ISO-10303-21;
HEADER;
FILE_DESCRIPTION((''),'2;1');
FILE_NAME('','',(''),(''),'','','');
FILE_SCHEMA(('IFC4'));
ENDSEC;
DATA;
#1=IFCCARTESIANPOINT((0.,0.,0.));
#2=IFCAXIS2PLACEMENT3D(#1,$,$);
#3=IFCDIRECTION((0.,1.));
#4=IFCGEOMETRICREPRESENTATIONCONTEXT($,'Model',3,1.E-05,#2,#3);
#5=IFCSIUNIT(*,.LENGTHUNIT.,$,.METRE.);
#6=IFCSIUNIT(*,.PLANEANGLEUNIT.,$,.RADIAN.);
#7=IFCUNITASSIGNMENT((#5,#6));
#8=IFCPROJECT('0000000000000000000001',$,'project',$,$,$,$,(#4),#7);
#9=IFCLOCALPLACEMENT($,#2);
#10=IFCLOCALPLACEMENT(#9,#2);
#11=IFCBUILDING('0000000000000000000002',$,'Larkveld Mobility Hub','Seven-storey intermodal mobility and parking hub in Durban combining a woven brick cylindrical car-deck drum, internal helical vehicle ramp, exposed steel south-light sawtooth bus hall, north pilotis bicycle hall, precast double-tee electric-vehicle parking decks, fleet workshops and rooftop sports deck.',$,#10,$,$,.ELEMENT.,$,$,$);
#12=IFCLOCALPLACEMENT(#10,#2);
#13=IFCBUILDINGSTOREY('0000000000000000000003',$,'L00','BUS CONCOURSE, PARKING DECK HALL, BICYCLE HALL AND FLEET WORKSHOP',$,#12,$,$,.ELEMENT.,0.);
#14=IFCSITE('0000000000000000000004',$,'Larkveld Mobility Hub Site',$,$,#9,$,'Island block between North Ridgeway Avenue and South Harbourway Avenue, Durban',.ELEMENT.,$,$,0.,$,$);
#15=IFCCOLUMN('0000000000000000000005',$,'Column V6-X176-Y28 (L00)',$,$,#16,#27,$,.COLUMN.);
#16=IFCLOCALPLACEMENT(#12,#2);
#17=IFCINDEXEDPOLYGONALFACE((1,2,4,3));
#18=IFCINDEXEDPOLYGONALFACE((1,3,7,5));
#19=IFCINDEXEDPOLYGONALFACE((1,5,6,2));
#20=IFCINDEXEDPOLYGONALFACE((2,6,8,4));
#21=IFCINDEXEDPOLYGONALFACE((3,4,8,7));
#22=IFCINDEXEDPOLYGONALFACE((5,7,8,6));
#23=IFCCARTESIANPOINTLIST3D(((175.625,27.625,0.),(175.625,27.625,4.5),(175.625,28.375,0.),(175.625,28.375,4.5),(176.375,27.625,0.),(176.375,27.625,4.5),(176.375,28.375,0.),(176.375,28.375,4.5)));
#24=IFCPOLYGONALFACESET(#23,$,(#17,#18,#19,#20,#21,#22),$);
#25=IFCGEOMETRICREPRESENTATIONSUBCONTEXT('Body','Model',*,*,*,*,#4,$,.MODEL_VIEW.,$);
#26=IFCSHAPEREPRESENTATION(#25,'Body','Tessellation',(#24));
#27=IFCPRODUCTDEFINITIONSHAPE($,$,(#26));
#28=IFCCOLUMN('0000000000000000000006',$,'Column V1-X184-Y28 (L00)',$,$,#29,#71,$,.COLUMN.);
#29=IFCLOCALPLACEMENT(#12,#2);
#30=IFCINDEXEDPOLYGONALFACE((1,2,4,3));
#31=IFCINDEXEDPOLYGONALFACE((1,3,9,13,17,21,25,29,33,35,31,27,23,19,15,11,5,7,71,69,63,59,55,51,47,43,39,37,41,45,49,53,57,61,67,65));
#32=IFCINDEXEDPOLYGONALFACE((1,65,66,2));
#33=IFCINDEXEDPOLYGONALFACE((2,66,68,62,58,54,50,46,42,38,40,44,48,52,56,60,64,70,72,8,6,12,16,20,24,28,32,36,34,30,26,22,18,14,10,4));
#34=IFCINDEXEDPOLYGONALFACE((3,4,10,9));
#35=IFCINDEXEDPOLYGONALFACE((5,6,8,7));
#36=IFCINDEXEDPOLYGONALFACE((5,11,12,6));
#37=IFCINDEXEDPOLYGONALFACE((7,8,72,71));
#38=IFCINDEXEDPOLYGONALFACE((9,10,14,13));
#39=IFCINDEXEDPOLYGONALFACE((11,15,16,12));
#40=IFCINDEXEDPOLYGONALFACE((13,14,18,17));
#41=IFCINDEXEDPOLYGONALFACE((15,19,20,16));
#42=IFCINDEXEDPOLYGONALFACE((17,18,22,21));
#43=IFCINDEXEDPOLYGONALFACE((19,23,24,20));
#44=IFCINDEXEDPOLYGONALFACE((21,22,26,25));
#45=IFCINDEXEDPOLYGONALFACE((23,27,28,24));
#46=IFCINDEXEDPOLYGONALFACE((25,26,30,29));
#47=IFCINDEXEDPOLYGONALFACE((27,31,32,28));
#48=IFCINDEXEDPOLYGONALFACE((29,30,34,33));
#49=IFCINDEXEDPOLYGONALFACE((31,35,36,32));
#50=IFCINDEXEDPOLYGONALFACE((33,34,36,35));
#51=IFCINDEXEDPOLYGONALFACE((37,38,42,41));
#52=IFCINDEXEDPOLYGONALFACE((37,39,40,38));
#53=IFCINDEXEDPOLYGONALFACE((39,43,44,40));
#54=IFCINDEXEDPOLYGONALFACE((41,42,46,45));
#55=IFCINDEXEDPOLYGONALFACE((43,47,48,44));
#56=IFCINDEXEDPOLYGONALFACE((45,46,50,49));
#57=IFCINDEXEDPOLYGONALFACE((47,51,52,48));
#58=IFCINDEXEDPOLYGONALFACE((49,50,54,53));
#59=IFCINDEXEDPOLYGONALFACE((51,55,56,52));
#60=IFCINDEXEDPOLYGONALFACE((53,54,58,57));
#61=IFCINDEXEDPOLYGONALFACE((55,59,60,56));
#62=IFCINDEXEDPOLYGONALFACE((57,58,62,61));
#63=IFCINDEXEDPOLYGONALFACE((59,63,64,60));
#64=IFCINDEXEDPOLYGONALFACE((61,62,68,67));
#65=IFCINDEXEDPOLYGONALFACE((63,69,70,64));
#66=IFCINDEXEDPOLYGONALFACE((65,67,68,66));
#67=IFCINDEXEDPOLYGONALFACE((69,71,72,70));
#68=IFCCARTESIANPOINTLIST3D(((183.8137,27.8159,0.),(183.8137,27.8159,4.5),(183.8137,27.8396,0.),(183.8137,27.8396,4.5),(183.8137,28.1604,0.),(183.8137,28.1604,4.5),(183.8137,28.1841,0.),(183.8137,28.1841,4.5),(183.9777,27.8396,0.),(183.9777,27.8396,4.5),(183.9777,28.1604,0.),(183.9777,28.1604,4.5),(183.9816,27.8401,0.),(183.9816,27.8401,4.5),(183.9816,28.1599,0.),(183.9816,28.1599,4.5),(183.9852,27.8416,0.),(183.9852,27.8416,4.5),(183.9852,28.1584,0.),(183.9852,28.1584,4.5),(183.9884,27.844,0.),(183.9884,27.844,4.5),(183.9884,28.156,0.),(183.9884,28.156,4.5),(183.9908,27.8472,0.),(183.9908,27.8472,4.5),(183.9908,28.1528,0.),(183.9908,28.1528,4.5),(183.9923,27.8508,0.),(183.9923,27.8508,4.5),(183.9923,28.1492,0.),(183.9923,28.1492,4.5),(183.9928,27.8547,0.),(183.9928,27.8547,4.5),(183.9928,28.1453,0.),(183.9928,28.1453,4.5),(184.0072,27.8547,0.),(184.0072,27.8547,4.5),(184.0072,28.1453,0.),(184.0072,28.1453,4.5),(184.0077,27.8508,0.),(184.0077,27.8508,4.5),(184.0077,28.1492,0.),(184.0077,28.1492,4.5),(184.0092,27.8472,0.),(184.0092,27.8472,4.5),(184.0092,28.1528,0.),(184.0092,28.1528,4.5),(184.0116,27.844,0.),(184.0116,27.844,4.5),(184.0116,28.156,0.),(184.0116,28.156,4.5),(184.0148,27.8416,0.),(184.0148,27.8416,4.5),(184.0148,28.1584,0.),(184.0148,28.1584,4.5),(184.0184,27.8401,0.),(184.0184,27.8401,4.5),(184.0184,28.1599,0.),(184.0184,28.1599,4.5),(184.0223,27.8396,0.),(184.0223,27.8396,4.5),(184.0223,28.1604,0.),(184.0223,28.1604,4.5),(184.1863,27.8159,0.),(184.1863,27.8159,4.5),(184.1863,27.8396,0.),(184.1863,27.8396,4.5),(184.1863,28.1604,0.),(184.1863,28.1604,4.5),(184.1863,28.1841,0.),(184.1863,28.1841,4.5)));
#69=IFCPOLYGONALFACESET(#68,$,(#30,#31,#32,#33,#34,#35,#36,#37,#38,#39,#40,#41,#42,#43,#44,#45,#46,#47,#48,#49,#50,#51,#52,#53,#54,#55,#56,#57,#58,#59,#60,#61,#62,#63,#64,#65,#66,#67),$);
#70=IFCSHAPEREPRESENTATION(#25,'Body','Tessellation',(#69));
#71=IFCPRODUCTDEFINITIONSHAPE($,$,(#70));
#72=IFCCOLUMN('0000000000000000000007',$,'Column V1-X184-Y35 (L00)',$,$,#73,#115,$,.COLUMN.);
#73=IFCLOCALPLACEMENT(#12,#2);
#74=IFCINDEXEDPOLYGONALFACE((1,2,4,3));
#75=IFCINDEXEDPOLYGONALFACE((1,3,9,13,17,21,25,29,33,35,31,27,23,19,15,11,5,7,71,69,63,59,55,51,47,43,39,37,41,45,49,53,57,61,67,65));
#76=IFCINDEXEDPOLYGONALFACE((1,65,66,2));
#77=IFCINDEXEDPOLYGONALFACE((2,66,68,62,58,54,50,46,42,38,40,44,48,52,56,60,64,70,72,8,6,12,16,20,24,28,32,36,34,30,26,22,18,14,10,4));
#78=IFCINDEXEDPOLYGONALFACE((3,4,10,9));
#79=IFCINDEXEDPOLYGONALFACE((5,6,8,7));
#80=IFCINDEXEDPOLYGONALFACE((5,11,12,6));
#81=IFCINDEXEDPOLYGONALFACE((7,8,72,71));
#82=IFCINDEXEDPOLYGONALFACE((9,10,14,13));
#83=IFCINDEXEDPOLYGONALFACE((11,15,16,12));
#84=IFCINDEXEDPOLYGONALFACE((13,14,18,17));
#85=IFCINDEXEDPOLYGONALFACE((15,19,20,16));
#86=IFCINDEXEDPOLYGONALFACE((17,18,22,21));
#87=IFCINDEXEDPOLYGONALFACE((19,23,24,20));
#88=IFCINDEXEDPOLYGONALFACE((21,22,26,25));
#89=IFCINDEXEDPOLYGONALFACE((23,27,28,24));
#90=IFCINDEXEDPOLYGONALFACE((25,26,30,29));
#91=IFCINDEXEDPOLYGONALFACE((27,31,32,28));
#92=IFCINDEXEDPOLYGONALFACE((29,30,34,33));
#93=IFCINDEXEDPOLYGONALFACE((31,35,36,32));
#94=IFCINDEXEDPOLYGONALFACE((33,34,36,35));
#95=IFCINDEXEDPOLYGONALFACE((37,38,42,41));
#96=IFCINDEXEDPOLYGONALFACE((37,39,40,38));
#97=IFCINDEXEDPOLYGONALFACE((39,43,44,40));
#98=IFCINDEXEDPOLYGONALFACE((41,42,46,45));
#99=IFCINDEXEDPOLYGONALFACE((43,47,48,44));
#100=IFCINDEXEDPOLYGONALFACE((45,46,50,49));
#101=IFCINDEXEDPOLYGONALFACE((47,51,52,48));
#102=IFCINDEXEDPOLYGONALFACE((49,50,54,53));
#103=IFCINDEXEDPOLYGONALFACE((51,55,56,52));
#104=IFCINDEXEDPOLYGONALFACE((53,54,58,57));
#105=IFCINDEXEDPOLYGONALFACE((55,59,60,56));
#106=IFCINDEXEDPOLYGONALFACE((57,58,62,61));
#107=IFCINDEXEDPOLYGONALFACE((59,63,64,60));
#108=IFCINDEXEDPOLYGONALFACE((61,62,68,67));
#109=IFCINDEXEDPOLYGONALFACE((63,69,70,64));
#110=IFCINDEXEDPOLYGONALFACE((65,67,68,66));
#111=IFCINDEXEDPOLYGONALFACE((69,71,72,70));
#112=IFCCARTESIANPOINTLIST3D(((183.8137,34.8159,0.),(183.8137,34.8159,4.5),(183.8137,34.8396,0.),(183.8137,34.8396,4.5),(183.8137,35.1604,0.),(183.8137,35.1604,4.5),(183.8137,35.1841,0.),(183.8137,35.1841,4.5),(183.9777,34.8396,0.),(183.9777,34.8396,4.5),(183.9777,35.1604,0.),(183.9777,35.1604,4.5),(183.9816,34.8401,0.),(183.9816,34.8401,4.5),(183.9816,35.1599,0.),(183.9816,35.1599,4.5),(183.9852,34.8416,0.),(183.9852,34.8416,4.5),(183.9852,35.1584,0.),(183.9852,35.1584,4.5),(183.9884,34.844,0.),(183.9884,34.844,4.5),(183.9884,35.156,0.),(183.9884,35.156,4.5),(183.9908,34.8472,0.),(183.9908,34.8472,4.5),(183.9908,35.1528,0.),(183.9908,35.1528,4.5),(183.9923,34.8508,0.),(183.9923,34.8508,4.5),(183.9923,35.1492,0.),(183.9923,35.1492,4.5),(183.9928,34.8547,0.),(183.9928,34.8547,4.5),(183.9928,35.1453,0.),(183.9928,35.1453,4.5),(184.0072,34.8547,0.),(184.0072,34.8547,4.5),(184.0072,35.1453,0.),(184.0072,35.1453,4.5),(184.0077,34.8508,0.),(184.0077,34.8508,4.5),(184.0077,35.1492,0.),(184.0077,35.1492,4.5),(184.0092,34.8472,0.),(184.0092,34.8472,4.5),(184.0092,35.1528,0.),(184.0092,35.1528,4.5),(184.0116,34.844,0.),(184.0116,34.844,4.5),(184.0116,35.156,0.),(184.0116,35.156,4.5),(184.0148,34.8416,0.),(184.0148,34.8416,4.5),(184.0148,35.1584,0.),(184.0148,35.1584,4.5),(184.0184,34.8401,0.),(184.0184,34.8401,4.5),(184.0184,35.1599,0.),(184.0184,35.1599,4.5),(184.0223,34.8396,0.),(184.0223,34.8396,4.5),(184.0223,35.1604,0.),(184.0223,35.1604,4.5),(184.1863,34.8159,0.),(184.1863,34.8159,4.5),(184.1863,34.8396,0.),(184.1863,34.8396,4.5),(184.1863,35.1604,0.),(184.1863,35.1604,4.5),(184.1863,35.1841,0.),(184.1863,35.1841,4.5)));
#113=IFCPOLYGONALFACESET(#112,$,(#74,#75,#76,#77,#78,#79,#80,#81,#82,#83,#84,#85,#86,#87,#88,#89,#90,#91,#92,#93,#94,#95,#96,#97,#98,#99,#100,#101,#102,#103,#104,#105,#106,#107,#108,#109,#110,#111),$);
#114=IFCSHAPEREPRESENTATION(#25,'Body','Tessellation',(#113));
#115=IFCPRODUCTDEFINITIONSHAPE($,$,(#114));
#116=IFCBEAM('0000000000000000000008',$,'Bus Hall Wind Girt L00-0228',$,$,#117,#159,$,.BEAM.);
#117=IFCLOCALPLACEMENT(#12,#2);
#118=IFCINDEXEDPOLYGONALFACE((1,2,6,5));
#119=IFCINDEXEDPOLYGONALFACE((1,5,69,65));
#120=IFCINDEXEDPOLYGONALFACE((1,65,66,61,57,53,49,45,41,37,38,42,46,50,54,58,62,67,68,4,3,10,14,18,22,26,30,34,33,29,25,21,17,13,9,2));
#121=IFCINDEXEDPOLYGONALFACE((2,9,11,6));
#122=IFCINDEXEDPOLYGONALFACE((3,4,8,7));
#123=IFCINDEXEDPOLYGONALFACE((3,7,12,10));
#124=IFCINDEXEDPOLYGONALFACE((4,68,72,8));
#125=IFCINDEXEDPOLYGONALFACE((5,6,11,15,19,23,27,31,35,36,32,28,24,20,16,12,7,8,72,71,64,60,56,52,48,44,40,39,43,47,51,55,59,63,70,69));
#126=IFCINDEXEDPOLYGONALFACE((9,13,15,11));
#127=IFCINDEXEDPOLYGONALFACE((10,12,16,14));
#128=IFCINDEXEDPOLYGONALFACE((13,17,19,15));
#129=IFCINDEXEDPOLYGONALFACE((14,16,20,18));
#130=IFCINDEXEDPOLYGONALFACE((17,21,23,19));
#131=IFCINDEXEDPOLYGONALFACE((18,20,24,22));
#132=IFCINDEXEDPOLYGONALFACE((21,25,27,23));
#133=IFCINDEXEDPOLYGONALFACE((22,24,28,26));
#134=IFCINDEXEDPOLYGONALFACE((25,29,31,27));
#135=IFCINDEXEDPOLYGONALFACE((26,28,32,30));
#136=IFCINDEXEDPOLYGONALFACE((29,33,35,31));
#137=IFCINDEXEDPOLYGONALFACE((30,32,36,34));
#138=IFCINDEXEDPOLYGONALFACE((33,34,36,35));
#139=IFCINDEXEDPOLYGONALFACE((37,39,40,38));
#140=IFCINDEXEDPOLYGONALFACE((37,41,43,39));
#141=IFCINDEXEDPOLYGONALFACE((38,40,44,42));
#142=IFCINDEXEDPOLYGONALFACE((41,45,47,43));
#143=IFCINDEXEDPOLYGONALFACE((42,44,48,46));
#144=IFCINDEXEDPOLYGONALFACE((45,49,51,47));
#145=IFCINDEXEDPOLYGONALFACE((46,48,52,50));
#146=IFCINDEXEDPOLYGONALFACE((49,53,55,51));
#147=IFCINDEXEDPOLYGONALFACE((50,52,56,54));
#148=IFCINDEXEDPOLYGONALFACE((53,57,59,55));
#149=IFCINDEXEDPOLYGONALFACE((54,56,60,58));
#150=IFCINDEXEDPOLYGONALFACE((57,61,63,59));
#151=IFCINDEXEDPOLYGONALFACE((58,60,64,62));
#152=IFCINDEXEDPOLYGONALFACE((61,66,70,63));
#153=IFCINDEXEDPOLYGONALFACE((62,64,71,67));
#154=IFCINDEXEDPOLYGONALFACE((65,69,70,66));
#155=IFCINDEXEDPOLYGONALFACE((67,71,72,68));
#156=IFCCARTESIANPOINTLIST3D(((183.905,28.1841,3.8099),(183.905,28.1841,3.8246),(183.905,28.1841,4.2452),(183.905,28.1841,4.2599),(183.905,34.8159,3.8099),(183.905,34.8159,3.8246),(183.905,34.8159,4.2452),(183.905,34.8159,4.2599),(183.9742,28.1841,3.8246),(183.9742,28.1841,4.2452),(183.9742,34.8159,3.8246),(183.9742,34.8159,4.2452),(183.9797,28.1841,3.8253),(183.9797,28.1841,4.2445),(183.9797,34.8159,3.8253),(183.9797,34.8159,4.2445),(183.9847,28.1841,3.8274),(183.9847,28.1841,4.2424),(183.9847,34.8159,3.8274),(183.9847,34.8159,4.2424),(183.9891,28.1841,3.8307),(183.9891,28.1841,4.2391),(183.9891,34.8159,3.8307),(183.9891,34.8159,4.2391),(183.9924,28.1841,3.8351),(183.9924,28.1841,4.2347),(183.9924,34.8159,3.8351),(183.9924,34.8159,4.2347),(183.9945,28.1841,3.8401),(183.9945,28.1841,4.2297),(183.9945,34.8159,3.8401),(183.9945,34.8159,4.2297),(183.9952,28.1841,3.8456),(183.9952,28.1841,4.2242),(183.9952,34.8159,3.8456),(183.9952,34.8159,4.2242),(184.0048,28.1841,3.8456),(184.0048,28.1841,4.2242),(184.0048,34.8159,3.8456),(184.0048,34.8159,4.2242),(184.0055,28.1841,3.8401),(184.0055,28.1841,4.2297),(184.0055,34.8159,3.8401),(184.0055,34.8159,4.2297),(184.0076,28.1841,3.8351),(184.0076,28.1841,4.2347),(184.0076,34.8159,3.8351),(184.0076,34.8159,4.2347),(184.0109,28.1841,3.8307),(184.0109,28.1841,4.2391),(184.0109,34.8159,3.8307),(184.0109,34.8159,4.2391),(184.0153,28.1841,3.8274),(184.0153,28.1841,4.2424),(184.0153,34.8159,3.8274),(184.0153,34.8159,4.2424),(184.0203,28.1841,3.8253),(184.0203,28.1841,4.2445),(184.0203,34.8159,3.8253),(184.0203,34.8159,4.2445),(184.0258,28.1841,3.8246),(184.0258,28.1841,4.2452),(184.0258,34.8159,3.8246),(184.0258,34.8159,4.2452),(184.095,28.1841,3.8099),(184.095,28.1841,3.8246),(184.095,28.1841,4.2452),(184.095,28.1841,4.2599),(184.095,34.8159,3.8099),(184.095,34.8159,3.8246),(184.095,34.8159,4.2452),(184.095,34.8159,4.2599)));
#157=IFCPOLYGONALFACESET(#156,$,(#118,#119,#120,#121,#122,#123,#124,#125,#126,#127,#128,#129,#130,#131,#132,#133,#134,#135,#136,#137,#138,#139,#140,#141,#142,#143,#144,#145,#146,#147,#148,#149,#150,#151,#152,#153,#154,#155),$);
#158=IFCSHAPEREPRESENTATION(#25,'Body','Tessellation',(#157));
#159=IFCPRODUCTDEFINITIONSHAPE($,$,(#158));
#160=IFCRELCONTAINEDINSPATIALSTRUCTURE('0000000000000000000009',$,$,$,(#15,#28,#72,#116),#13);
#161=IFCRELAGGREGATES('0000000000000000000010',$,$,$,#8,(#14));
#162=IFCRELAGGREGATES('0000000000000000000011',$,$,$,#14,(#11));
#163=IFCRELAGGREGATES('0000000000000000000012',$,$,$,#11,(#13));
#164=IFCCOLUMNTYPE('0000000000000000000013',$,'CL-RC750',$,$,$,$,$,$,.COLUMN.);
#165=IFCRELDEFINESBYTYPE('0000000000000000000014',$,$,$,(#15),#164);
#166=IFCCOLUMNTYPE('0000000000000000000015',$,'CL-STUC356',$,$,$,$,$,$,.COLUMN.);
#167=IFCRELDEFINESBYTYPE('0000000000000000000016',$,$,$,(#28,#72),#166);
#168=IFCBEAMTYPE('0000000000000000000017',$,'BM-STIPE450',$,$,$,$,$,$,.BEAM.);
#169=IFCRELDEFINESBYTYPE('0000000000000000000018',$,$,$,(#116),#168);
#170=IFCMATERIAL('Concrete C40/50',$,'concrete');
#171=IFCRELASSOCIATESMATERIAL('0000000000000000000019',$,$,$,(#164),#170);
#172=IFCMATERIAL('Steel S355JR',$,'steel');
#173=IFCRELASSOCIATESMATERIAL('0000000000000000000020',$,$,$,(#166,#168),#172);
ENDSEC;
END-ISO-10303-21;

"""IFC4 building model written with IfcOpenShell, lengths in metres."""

from ifc_helpers import new_model, si_unit, direction, frame, origin, origin_2d, place, context, subcontext, project, spatial, rectangle, i_section, extrude, material, material_profile, profile_set, type_object, element, save


model = new_model("IFC4")

# Units and contexts
model_context = context("Model", 3, precision=1e-05, world=origin(), true_north=direction((0.0, 1.0)))
body_context = subcontext(model_context, "Body", "Model", "MODEL_VIEW")
ifc_project = project(units=[si_unit("LENGTHUNIT", "METRE"), si_unit("PLANEANGLEUNIT", "RADIAN")], contexts=[model_context])

# Site, building, storey
site_placement = place(None, origin())
site = spatial("IfcSite", under=ifc_project, at=site_placement, Name="Larkveld Mobility Hub Site", LongName="Island block between North Ridgeway Avenue and South Harbourway Avenue, Durban", CompositionType="ELEMENT", RefElevation=0.0)
building_placement = place(site_placement, origin())
building = spatial("IfcBuilding", under=site, at=building_placement, Name="Larkveld Mobility Hub", Description="Seven-storey intermodal mobility and parking hub in Durban combining a woven brick cylindrical car-deck drum, internal helical vehicle ramp, exposed steel south-light sawtooth bus hall, north pilotis bicycle hall, precast double-tee electric-vehicle parking decks, fleet workshops and rooftop sports deck.", CompositionType="ELEMENT")
storey_placement = place(building_placement, origin())
storey = spatial("IfcBuildingStorey", under=building, at=storey_placement, Name="L00", Description="BUS CONCOURSE, PARKING DECK HALL, BICYCLE HALL AND FLEET WORKSHOP", CompositionType="ELEMENT", Elevation=0.0)

# Columns
ifc_material_1 = material(Name="Concrete C40/50", Category="concrete")
ifc_material_profile_1 = material_profile(ifc_material_1, rectangle(XDim=0.75, YDim=0.75, at=origin_2d()), Name="RC COL 750x750")
ifc_profile_set_1 = profile_set([ifc_material_profile_1], Name="Concrete C40/50")
column_type_1 = type_object("IfcColumnType", Name="CL-RC750", PredefinedType="COLUMN", material=ifc_profile_set_1)
for number, where, z_axis, x_axis, name in (
    (1, (176.0, 28.0, 0.0), (0.0, 0.0, 1.0), (1.0, 0.0, 0.0), "Column V6-X176-Y28 (L00)"),
):
    element("IfcColumn", number, at=place(storey_placement, frame(where, z_axis=z_axis, x_axis=x_axis)), inside=storey, type_object=column_type_1, Name=name, PredefinedType="COLUMN", context=body_context, shape_type="SweptSolid", body=[
        extrude(rectangle(XDim=0.75, YDim=0.75, at=origin_2d()), origin(), (0.0, 0.0, 1.0), 4.5),
    ])
ifc_material_2 = material(Name="Steel S355JR", Category="steel")
ifc_material_profile_2 = material_profile(ifc_material_2, i_section(OverallWidth=0.3726, OverallDepth=0.3682, WebThickness=0.0144, FlangeThickness=0.0237, FilletRadius=0.0151, at=origin_2d()), Name="UC 356x368x177")
ifc_profile_set_2 = profile_set([ifc_material_profile_2], Name="Steel S355JR")
column_type_2 = type_object("IfcColumnType", Name="CL-STUC356", PredefinedType="COLUMN", material=ifc_profile_set_2)
for number, where, z_axis, x_axis, name in (
    (2, (184.0, 28.0, 0.0), (0.0, 0.0, 1.0), (1.0, 0.0, 0.0), "Column V1-X184-Y28 (L00)"),
    (3, (184.0, 35.0, 0.0), (0.0, 0.0, 1.0), (1.0, 0.0, 0.0), "Column V1-X184-Y35 (L00)"),
):
    element("IfcColumn", number, at=place(storey_placement, frame(where, z_axis=z_axis, x_axis=x_axis)), inside=storey, type_object=column_type_2, Name=name, PredefinedType="COLUMN", context=body_context, shape_type="SweptSolid", body=[
        extrude(i_section(OverallWidth=0.3726, OverallDepth=0.3682, WebThickness=0.0144, FlangeThickness=0.0237, FilletRadius=0.0151, at=origin_2d()), origin(), (0.0, 0.0, 1.0), 4.5),
    ])

# Beam
ifc_material_profile_3 = material_profile(ifc_material_2, i_section(OverallWidth=0.1899, OverallDepth=0.45, WebThickness=0.0095, FlangeThickness=0.0146, FilletRadius=0.021, at=origin_2d()), Name="IPE 450")
ifc_profile_set_3 = profile_set([ifc_material_profile_3], Name="Steel S355JR")
beam_type = type_object("IfcBeamType", Name="BM-STIPE450", PredefinedType="BEAM", material=ifc_profile_set_3)
for number, where, z_axis, x_axis, name in (
    (4, (184.0, 28.1841, 4.0349), (0.0, 1.0, 0.0), (-1.0, 0.0, 0.0), "Bus Hall Wind Girt L00-0228"),
):
    element("IfcBeam", number, at=place(storey_placement, frame(where, z_axis=z_axis, x_axis=x_axis)), inside=storey, type_object=beam_type, Name=name, PredefinedType="BEAM", context=body_context, shape_type="SweptSolid", body=[
        extrude(i_section(OverallWidth=0.1899, OverallDepth=0.45, WebThickness=0.0095, FlangeThickness=0.0146, FilletRadius=0.021, at=origin_2d()), origin(), (0.0, 0.0, 1.0), 6.6318),
    ])

save(model, "model.ifc")
